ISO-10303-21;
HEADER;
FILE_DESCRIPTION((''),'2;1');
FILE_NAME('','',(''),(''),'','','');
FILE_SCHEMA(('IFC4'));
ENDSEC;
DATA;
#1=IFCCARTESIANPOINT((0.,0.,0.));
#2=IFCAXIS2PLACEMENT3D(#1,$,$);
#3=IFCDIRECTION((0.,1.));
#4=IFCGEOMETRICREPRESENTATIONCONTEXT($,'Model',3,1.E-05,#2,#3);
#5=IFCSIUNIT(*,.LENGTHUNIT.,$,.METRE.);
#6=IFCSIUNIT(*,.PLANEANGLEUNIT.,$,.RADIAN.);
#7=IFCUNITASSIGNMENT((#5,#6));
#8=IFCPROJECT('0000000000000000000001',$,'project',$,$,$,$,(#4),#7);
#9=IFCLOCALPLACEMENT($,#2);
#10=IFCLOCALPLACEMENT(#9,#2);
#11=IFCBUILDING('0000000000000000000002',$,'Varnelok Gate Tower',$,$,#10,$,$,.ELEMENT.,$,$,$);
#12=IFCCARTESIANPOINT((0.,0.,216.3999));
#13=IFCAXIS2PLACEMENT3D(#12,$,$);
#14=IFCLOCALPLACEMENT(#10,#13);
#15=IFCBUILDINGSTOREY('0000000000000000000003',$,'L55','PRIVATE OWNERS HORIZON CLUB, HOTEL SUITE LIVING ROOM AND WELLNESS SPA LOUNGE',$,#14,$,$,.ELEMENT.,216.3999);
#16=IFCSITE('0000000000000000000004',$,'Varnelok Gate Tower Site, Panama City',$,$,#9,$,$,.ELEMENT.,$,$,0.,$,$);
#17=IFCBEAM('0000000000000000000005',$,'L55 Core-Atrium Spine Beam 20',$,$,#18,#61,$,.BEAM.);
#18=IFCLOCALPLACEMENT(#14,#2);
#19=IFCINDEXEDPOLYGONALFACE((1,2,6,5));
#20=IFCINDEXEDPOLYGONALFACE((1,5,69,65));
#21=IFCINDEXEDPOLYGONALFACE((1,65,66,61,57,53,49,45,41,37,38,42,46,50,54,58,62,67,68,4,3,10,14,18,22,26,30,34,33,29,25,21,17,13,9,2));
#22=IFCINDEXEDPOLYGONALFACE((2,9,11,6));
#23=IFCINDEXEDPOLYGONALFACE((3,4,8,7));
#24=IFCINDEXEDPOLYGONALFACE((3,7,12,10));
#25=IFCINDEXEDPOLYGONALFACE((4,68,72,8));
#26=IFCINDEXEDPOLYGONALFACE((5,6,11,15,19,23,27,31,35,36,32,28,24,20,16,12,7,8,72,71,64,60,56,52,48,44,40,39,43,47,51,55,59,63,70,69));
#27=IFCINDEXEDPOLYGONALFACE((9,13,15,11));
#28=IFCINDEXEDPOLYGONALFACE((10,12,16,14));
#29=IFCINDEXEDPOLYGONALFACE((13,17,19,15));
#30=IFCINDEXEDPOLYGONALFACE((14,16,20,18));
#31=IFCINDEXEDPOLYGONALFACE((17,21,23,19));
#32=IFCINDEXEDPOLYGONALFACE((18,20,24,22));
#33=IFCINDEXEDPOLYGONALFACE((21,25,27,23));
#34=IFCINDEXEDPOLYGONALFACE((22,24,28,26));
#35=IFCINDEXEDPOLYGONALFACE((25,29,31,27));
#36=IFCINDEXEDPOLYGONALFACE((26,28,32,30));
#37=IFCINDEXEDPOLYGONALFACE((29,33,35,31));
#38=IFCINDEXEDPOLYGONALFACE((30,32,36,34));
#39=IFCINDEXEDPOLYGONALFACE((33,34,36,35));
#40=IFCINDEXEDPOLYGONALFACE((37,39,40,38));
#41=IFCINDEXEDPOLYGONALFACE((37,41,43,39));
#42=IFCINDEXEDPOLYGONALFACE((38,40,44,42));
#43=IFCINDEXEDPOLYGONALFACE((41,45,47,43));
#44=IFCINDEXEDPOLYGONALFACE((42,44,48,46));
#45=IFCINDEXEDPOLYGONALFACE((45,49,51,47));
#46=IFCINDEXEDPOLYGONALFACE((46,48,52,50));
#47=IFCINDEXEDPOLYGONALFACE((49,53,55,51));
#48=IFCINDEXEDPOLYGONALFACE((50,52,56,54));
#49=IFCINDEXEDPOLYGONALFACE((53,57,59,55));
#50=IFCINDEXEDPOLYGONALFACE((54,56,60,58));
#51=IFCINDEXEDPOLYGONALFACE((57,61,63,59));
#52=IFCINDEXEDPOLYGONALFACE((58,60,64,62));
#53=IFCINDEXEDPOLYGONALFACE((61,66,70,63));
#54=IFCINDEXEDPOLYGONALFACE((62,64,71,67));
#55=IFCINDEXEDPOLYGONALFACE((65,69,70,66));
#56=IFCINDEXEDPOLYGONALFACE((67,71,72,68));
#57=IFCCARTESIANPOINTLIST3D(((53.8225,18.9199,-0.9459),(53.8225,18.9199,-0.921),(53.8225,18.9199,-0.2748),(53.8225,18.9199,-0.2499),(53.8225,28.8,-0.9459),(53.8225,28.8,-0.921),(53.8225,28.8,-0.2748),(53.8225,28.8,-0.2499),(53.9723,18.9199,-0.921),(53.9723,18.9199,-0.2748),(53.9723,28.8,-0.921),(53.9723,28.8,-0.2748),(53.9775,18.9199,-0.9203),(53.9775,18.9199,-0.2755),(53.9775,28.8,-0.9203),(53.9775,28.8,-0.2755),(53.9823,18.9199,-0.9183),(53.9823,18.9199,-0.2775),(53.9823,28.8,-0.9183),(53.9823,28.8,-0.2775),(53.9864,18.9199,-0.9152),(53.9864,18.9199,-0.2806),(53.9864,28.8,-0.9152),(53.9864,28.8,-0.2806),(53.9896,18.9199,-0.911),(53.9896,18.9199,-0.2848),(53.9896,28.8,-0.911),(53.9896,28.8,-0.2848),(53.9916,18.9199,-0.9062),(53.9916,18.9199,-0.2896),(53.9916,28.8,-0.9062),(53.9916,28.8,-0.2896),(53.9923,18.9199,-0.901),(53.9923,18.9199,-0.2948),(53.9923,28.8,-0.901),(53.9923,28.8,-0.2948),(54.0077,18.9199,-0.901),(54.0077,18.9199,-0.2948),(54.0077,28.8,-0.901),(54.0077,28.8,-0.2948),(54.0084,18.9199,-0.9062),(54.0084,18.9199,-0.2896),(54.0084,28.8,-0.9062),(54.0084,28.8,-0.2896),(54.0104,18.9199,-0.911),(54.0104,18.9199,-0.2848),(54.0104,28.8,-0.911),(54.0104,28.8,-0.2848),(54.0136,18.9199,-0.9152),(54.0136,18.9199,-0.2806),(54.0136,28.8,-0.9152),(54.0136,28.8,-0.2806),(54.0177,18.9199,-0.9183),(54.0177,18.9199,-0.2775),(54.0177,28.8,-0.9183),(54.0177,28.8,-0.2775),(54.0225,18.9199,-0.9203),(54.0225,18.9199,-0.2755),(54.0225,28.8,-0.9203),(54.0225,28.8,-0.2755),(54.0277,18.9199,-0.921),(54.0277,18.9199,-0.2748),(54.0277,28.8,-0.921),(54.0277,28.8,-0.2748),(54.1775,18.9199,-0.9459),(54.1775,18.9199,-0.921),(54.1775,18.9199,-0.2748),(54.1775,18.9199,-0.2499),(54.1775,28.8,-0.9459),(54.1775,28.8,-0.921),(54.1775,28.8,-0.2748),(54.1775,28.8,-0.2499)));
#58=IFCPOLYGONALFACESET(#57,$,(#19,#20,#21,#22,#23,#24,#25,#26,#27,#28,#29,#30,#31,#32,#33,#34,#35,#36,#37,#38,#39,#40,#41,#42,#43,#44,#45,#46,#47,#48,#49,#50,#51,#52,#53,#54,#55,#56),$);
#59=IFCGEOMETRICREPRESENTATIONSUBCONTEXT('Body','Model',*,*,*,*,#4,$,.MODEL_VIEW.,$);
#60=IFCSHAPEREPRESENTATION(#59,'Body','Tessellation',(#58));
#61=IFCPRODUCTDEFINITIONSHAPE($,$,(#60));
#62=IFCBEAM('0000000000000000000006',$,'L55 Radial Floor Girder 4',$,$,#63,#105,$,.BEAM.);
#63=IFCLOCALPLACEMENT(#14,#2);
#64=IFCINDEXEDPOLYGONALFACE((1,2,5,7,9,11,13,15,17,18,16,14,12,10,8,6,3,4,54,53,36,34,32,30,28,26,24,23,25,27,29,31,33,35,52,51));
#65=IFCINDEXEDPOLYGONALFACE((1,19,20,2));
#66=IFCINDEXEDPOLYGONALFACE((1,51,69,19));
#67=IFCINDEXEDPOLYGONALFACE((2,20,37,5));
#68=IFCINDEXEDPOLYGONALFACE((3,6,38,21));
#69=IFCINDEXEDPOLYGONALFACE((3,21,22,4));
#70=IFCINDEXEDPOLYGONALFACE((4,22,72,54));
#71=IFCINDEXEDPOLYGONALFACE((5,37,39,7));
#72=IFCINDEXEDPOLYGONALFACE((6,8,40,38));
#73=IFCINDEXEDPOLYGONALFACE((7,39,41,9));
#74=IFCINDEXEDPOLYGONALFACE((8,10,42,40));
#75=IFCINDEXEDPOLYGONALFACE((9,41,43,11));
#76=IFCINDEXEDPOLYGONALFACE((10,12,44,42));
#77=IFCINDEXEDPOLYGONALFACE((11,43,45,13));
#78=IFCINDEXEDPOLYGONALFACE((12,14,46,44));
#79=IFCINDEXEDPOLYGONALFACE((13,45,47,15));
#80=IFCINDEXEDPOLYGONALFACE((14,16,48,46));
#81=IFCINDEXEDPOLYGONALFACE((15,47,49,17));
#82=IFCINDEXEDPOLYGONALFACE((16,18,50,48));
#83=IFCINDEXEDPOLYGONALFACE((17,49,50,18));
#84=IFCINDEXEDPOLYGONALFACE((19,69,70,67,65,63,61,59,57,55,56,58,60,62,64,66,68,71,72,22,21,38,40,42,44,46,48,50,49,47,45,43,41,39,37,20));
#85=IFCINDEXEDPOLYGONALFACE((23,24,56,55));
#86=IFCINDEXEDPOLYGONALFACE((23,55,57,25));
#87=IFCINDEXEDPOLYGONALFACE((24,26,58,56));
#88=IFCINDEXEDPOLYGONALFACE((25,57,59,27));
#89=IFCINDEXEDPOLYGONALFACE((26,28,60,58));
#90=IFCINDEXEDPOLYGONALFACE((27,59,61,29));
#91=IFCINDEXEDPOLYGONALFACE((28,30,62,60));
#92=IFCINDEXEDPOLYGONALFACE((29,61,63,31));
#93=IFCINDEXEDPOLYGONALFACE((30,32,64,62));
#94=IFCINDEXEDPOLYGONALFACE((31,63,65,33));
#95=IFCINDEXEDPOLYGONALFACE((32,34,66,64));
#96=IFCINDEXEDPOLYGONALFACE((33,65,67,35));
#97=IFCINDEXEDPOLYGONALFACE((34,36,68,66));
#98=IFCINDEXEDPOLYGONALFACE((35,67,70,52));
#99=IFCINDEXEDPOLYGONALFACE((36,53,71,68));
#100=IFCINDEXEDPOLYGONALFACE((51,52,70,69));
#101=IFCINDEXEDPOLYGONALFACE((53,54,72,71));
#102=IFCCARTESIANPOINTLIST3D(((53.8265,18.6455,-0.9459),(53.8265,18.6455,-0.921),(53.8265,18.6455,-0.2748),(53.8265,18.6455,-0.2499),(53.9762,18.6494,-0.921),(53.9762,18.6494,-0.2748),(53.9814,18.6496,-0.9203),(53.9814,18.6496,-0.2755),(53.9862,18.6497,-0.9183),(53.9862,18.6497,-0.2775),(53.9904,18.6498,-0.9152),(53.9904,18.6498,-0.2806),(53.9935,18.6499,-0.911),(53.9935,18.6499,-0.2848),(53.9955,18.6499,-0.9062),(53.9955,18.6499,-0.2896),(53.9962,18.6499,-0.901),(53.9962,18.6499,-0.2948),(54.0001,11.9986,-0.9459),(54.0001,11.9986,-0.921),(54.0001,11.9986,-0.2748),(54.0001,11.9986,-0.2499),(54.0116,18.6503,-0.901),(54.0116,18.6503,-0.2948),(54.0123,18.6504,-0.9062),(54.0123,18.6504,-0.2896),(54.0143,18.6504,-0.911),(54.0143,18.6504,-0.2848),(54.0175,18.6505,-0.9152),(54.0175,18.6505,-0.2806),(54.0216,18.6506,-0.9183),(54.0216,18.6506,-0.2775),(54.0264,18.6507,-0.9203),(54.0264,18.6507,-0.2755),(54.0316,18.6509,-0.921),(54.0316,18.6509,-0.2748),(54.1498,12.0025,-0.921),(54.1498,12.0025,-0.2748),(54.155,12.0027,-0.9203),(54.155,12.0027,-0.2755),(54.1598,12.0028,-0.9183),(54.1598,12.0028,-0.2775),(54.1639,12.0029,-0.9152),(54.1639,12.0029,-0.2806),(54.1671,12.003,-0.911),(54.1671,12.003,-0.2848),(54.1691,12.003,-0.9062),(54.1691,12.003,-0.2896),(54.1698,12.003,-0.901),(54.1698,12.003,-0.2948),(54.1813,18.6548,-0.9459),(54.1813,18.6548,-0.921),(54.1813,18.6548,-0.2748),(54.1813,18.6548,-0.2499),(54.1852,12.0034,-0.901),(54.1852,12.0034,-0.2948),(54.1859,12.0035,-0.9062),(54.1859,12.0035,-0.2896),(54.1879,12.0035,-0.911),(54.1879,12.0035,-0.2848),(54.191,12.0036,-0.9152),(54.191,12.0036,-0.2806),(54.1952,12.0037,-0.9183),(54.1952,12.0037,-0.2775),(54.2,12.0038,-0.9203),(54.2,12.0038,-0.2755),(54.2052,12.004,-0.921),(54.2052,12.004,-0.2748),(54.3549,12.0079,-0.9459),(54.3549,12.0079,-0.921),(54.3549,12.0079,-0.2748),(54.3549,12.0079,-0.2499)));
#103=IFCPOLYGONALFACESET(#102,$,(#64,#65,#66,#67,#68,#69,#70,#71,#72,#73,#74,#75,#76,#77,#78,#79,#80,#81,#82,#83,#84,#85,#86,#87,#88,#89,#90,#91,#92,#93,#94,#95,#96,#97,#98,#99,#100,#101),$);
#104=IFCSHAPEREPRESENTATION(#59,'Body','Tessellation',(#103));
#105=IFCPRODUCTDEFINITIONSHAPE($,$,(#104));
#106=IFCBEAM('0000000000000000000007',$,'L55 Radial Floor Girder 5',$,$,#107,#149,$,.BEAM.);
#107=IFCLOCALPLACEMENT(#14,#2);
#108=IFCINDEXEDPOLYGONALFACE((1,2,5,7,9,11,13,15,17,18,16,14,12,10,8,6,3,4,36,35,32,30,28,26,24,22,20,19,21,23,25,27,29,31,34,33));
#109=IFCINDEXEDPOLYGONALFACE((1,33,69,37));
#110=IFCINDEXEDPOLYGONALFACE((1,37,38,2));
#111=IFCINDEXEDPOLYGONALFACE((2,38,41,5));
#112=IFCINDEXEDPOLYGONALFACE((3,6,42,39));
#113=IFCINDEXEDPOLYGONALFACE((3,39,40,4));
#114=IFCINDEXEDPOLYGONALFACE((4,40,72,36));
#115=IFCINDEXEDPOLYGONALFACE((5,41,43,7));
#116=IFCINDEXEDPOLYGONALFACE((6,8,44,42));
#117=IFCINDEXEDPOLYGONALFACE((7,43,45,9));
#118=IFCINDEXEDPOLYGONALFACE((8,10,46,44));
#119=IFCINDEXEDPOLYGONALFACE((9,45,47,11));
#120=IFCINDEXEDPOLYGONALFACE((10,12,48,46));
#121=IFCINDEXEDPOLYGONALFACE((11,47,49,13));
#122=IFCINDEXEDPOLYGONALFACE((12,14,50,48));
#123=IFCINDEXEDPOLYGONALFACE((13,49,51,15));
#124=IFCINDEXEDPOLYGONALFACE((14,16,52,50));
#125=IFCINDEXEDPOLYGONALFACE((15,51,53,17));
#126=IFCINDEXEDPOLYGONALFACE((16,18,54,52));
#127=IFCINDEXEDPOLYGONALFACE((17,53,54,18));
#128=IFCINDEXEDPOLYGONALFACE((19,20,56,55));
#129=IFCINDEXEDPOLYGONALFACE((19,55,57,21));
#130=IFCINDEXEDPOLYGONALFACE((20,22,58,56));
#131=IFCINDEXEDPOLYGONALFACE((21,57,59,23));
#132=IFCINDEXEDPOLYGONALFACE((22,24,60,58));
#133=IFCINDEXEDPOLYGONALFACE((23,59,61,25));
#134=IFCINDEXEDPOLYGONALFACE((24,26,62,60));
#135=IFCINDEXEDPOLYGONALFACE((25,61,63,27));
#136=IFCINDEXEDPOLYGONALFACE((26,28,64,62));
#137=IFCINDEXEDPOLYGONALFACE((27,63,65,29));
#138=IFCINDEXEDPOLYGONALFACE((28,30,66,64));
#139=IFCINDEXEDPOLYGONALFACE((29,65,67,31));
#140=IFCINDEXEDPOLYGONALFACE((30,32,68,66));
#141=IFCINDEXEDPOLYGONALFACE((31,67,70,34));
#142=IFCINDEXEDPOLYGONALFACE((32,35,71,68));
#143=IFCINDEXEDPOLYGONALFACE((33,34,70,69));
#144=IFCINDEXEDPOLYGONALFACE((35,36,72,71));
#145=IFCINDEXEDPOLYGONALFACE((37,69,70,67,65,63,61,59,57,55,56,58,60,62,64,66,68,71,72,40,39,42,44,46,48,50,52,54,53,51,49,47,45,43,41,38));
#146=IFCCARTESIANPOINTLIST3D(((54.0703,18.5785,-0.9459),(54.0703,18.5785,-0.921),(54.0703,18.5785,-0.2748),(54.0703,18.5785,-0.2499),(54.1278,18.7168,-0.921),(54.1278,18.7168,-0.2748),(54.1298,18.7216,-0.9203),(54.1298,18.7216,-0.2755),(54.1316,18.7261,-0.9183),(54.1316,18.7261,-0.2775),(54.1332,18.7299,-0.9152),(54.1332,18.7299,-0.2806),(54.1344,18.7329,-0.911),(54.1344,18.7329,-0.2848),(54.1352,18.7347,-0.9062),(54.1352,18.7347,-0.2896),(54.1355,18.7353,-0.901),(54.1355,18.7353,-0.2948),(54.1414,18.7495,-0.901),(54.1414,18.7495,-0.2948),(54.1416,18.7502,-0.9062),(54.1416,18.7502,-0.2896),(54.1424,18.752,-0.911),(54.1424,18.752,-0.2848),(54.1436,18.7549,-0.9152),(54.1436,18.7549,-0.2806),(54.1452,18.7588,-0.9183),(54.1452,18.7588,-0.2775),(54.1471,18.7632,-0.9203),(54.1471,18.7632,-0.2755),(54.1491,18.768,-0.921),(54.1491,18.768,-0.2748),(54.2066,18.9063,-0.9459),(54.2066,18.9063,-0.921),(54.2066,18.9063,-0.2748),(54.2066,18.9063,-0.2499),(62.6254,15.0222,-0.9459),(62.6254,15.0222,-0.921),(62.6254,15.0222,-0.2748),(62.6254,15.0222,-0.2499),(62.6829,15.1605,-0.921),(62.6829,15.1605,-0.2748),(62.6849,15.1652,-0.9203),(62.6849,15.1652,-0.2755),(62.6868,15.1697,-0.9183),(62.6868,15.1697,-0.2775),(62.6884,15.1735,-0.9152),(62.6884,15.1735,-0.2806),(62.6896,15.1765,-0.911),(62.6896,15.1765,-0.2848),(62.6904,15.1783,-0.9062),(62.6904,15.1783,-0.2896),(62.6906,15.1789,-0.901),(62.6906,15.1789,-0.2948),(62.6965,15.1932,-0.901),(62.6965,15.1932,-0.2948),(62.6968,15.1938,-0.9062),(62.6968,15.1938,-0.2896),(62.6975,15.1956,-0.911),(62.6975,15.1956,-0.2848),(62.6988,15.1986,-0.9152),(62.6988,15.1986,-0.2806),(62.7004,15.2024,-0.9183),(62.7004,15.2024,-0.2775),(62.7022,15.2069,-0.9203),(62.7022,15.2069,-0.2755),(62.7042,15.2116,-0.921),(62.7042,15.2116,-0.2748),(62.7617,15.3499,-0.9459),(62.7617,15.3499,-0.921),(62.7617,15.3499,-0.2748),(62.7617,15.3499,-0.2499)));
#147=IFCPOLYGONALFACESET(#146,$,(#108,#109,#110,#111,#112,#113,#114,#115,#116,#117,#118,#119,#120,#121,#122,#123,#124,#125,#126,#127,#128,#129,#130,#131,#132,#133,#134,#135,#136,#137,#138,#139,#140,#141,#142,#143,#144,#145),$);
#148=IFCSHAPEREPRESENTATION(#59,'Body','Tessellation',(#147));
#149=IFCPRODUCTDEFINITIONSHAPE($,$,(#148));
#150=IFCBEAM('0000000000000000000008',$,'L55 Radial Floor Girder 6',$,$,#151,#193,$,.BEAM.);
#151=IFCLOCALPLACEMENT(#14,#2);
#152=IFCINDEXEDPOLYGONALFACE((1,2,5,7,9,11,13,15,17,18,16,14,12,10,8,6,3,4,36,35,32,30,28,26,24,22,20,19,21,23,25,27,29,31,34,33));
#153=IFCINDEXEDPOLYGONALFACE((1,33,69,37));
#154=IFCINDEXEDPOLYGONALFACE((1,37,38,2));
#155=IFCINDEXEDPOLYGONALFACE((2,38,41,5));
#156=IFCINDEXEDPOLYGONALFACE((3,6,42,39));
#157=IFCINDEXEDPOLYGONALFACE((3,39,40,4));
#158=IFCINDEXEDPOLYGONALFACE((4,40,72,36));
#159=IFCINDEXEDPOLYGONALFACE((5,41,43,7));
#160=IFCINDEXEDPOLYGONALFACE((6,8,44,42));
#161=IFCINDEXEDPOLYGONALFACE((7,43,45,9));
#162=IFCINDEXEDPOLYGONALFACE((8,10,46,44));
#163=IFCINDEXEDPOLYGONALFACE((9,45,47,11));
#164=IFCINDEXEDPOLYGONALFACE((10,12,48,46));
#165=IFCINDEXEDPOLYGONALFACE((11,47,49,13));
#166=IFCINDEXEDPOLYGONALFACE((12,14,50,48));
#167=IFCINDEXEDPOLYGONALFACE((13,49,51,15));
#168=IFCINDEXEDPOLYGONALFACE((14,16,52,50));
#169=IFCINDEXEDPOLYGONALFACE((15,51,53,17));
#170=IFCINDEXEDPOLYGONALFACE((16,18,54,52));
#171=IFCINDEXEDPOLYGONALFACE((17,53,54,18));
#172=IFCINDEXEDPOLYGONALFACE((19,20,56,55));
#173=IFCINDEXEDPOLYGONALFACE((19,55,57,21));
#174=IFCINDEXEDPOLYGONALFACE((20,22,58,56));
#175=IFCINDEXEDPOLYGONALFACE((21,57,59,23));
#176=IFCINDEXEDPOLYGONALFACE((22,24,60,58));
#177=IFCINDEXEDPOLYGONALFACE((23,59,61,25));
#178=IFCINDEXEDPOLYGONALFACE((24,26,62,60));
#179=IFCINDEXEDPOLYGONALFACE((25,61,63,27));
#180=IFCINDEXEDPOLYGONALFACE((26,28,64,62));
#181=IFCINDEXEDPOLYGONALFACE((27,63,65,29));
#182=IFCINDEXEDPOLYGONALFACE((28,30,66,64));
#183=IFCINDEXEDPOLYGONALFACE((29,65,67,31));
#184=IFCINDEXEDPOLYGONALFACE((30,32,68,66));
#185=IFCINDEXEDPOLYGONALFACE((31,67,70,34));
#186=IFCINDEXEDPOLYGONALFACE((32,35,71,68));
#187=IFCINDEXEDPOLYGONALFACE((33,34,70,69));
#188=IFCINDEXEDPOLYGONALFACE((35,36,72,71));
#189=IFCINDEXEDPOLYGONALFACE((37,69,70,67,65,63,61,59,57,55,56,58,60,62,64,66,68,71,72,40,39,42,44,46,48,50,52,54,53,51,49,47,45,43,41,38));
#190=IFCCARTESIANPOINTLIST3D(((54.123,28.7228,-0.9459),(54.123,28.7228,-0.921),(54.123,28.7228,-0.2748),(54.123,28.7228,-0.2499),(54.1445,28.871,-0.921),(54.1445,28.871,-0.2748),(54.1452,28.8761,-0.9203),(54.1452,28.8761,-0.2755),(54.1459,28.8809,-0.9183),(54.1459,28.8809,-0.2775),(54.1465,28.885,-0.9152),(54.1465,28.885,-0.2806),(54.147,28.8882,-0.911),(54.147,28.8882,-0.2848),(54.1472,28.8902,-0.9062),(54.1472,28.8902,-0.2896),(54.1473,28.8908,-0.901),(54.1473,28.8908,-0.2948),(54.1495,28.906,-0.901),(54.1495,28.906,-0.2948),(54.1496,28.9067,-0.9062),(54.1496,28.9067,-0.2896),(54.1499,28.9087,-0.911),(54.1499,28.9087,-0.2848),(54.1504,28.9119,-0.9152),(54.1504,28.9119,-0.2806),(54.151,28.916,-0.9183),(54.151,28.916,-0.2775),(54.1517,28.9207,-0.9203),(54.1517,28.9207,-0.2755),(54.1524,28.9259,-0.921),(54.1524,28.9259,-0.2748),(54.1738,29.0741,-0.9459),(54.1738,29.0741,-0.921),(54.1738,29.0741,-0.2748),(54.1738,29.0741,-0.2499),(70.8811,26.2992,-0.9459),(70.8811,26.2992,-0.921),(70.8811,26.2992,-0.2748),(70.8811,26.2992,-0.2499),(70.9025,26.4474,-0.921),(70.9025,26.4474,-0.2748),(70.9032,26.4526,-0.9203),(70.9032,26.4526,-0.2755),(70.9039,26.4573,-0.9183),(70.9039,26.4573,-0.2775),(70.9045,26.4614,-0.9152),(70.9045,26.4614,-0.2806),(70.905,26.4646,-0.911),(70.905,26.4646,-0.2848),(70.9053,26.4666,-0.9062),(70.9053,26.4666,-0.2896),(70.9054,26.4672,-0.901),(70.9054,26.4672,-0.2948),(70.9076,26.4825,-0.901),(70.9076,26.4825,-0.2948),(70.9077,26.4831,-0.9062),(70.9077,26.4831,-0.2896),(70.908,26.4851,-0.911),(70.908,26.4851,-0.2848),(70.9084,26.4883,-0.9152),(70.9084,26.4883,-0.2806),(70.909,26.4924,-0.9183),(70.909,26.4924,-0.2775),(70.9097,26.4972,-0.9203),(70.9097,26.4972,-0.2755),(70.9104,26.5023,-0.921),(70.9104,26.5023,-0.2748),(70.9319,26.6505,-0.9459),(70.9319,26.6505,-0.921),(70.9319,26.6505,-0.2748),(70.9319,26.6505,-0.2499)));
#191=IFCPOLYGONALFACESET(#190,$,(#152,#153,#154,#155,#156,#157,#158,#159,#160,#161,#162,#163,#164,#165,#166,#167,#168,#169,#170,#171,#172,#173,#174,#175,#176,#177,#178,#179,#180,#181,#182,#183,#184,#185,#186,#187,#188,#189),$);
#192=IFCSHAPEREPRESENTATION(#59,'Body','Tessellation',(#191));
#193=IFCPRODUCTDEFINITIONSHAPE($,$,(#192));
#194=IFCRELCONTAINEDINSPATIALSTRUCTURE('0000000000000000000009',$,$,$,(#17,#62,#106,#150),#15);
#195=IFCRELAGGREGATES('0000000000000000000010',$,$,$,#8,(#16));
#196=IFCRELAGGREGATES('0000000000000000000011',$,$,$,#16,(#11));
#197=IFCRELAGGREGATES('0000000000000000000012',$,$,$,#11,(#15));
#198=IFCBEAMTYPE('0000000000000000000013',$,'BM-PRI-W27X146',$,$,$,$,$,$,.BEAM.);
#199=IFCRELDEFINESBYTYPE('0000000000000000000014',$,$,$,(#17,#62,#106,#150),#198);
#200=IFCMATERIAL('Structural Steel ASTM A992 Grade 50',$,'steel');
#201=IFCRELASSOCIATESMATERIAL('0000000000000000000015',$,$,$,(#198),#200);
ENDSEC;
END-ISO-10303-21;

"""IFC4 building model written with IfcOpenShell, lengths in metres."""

from ifc_helpers import new_model, si_unit, direction, frame, origin, origin_2d, place, context, subcontext, project, spatial, i_section, extrude, material, material_profile, profile_set, type_object, element, save


model = new_model("IFC4")

# Units and contexts
model_context = context("Model", 3, precision=1e-05, world=origin(), true_north=direction((0.0, 1.0)))
body_context = subcontext(model_context, "Body", "Model", "MODEL_VIEW")
ifc_project = project(units=[si_unit("LENGTHUNIT", "METRE"), si_unit("PLANEANGLEUNIT", "RADIAN")], contexts=[model_context])

# Site, building, storey
site_placement = place(None, origin())
site = spatial("IfcSite", under=ifc_project, at=site_placement, Name="Varnelok Gate Tower Site, Panama City", CompositionType="ELEMENT", RefElevation=0.0)
building_placement = place(site_placement, origin())
building = spatial("IfcBuilding", under=site, at=building_placement, Name="Varnelok Gate Tower", CompositionType="ELEMENT")
storey_placement = place(building_placement, frame((0.0, 0.0, 216.3999)))
storey = spatial("IfcBuildingStorey", under=building, at=storey_placement, Name="L55", Description="PRIVATE OWNERS HORIZON CLUB, HOTEL SUITE LIVING ROOM AND WELLNESS SPA LOUNGE", CompositionType="ELEMENT", Elevation=216.3999)

# Shared definitions
ifc_material_1 = material(Name="Structural Steel ASTM A992 Grade 50", Category="steel")

# Beams
ifc_material_profile_1 = material_profile(ifc_material_1, i_section(OverallWidth=0.355, OverallDepth=0.696, WebThickness=0.0154, FlangeThickness=0.0249, FilletRadius=0.02, at=origin_2d()), Name="W27X146")
ifc_profile_set_1 = profile_set([ifc_material_profile_1], Name="Structural Steel ASTM A992 Grade 50")
beam_type_1 = type_object("IfcBeamType", Name="BM-PRI-W27X146", PredefinedType="BEAM", material=ifc_profile_set_1)
beam_1_placement = place(storey_placement, frame((54.0, 18.9199, -0.5979), z_axis=(0.0, 1.0, 0.0), x_axis=(-1.0, 0.0, 0.0)))
element("IfcBeam", 1, at=beam_1_placement, inside=storey, type_object=beam_type_1, Name="L55 Core-Atrium Spine Beam 20", PredefinedType="BEAM", context=body_context, shape_type="SweptSolid", body=[
    extrude(i_section(OverallWidth=0.355, OverallDepth=0.696, WebThickness=0.0154, FlangeThickness=0.0249, FilletRadius=0.02, at=origin_2d()), origin(), (0.0, 0.0, 1.0), 9.8801),
])
beam_2_placement = place(storey_placement, frame((54.0039, 18.6501, -0.5979), z_axis=(0.026106, -0.999659, 0.0), x_axis=(0.999659, 0.026106, 0.0)))
element("IfcBeam", 2, at=beam_2_placement, inside=storey, type_object=beam_type_1, Name="L55 Radial Floor Girder 4", PredefinedType="BEAM", context=body_context, shape_type="SweptSolid", body=[
    extrude(i_section(OverallWidth=0.355, OverallDepth=0.696, WebThickness=0.0154, FlangeThickness=0.0249, FilletRadius=0.02, at=origin_2d()), origin(), (0.0, 0.0, 1.0), 6.6492),
])
beam_3_placement = place(storey_placement, frame((54.1384, 18.7424, -0.5979), z_axis=(0.923393, -0.383856, 0.0), x_axis=(0.383856, 0.923393, 0.0)))
element("IfcBeam", 3, at=beam_3_placement, inside=storey, type_object=beam_type_1, Name="L55 Radial Floor Girder 5", PredefinedType="BEAM", context=body_context, shape_type="SweptSolid", body=[
    extrude(i_section(OverallWidth=0.355, OverallDepth=0.696, WebThickness=0.0154, FlangeThickness=0.0249, FilletRadius=0.02, at=origin_2d()), origin(), (0.0, 0.0, 1.0), 9.2649),
])
beam_4_placement = place(storey_placement, frame((54.1484, 28.8984, -0.5979), z_axis=(0.989703, -0.143133, 0.0), x_axis=(0.143133, 0.989703, 0.0)))
element("IfcBeam", 4, at=beam_4_placement, inside=storey, type_object=beam_type_1, Name="L55 Radial Floor Girder 6", PredefinedType="BEAM", context=body_context, shape_type="SweptSolid", body=[
    extrude(i_section(OverallWidth=0.355, OverallDepth=0.696, WebThickness=0.0154, FlangeThickness=0.0249, FilletRadius=0.02, at=origin_2d()), origin(), (0.0, 0.0, 1.0), 16.9324),
])

save(model, "model.ifc")
